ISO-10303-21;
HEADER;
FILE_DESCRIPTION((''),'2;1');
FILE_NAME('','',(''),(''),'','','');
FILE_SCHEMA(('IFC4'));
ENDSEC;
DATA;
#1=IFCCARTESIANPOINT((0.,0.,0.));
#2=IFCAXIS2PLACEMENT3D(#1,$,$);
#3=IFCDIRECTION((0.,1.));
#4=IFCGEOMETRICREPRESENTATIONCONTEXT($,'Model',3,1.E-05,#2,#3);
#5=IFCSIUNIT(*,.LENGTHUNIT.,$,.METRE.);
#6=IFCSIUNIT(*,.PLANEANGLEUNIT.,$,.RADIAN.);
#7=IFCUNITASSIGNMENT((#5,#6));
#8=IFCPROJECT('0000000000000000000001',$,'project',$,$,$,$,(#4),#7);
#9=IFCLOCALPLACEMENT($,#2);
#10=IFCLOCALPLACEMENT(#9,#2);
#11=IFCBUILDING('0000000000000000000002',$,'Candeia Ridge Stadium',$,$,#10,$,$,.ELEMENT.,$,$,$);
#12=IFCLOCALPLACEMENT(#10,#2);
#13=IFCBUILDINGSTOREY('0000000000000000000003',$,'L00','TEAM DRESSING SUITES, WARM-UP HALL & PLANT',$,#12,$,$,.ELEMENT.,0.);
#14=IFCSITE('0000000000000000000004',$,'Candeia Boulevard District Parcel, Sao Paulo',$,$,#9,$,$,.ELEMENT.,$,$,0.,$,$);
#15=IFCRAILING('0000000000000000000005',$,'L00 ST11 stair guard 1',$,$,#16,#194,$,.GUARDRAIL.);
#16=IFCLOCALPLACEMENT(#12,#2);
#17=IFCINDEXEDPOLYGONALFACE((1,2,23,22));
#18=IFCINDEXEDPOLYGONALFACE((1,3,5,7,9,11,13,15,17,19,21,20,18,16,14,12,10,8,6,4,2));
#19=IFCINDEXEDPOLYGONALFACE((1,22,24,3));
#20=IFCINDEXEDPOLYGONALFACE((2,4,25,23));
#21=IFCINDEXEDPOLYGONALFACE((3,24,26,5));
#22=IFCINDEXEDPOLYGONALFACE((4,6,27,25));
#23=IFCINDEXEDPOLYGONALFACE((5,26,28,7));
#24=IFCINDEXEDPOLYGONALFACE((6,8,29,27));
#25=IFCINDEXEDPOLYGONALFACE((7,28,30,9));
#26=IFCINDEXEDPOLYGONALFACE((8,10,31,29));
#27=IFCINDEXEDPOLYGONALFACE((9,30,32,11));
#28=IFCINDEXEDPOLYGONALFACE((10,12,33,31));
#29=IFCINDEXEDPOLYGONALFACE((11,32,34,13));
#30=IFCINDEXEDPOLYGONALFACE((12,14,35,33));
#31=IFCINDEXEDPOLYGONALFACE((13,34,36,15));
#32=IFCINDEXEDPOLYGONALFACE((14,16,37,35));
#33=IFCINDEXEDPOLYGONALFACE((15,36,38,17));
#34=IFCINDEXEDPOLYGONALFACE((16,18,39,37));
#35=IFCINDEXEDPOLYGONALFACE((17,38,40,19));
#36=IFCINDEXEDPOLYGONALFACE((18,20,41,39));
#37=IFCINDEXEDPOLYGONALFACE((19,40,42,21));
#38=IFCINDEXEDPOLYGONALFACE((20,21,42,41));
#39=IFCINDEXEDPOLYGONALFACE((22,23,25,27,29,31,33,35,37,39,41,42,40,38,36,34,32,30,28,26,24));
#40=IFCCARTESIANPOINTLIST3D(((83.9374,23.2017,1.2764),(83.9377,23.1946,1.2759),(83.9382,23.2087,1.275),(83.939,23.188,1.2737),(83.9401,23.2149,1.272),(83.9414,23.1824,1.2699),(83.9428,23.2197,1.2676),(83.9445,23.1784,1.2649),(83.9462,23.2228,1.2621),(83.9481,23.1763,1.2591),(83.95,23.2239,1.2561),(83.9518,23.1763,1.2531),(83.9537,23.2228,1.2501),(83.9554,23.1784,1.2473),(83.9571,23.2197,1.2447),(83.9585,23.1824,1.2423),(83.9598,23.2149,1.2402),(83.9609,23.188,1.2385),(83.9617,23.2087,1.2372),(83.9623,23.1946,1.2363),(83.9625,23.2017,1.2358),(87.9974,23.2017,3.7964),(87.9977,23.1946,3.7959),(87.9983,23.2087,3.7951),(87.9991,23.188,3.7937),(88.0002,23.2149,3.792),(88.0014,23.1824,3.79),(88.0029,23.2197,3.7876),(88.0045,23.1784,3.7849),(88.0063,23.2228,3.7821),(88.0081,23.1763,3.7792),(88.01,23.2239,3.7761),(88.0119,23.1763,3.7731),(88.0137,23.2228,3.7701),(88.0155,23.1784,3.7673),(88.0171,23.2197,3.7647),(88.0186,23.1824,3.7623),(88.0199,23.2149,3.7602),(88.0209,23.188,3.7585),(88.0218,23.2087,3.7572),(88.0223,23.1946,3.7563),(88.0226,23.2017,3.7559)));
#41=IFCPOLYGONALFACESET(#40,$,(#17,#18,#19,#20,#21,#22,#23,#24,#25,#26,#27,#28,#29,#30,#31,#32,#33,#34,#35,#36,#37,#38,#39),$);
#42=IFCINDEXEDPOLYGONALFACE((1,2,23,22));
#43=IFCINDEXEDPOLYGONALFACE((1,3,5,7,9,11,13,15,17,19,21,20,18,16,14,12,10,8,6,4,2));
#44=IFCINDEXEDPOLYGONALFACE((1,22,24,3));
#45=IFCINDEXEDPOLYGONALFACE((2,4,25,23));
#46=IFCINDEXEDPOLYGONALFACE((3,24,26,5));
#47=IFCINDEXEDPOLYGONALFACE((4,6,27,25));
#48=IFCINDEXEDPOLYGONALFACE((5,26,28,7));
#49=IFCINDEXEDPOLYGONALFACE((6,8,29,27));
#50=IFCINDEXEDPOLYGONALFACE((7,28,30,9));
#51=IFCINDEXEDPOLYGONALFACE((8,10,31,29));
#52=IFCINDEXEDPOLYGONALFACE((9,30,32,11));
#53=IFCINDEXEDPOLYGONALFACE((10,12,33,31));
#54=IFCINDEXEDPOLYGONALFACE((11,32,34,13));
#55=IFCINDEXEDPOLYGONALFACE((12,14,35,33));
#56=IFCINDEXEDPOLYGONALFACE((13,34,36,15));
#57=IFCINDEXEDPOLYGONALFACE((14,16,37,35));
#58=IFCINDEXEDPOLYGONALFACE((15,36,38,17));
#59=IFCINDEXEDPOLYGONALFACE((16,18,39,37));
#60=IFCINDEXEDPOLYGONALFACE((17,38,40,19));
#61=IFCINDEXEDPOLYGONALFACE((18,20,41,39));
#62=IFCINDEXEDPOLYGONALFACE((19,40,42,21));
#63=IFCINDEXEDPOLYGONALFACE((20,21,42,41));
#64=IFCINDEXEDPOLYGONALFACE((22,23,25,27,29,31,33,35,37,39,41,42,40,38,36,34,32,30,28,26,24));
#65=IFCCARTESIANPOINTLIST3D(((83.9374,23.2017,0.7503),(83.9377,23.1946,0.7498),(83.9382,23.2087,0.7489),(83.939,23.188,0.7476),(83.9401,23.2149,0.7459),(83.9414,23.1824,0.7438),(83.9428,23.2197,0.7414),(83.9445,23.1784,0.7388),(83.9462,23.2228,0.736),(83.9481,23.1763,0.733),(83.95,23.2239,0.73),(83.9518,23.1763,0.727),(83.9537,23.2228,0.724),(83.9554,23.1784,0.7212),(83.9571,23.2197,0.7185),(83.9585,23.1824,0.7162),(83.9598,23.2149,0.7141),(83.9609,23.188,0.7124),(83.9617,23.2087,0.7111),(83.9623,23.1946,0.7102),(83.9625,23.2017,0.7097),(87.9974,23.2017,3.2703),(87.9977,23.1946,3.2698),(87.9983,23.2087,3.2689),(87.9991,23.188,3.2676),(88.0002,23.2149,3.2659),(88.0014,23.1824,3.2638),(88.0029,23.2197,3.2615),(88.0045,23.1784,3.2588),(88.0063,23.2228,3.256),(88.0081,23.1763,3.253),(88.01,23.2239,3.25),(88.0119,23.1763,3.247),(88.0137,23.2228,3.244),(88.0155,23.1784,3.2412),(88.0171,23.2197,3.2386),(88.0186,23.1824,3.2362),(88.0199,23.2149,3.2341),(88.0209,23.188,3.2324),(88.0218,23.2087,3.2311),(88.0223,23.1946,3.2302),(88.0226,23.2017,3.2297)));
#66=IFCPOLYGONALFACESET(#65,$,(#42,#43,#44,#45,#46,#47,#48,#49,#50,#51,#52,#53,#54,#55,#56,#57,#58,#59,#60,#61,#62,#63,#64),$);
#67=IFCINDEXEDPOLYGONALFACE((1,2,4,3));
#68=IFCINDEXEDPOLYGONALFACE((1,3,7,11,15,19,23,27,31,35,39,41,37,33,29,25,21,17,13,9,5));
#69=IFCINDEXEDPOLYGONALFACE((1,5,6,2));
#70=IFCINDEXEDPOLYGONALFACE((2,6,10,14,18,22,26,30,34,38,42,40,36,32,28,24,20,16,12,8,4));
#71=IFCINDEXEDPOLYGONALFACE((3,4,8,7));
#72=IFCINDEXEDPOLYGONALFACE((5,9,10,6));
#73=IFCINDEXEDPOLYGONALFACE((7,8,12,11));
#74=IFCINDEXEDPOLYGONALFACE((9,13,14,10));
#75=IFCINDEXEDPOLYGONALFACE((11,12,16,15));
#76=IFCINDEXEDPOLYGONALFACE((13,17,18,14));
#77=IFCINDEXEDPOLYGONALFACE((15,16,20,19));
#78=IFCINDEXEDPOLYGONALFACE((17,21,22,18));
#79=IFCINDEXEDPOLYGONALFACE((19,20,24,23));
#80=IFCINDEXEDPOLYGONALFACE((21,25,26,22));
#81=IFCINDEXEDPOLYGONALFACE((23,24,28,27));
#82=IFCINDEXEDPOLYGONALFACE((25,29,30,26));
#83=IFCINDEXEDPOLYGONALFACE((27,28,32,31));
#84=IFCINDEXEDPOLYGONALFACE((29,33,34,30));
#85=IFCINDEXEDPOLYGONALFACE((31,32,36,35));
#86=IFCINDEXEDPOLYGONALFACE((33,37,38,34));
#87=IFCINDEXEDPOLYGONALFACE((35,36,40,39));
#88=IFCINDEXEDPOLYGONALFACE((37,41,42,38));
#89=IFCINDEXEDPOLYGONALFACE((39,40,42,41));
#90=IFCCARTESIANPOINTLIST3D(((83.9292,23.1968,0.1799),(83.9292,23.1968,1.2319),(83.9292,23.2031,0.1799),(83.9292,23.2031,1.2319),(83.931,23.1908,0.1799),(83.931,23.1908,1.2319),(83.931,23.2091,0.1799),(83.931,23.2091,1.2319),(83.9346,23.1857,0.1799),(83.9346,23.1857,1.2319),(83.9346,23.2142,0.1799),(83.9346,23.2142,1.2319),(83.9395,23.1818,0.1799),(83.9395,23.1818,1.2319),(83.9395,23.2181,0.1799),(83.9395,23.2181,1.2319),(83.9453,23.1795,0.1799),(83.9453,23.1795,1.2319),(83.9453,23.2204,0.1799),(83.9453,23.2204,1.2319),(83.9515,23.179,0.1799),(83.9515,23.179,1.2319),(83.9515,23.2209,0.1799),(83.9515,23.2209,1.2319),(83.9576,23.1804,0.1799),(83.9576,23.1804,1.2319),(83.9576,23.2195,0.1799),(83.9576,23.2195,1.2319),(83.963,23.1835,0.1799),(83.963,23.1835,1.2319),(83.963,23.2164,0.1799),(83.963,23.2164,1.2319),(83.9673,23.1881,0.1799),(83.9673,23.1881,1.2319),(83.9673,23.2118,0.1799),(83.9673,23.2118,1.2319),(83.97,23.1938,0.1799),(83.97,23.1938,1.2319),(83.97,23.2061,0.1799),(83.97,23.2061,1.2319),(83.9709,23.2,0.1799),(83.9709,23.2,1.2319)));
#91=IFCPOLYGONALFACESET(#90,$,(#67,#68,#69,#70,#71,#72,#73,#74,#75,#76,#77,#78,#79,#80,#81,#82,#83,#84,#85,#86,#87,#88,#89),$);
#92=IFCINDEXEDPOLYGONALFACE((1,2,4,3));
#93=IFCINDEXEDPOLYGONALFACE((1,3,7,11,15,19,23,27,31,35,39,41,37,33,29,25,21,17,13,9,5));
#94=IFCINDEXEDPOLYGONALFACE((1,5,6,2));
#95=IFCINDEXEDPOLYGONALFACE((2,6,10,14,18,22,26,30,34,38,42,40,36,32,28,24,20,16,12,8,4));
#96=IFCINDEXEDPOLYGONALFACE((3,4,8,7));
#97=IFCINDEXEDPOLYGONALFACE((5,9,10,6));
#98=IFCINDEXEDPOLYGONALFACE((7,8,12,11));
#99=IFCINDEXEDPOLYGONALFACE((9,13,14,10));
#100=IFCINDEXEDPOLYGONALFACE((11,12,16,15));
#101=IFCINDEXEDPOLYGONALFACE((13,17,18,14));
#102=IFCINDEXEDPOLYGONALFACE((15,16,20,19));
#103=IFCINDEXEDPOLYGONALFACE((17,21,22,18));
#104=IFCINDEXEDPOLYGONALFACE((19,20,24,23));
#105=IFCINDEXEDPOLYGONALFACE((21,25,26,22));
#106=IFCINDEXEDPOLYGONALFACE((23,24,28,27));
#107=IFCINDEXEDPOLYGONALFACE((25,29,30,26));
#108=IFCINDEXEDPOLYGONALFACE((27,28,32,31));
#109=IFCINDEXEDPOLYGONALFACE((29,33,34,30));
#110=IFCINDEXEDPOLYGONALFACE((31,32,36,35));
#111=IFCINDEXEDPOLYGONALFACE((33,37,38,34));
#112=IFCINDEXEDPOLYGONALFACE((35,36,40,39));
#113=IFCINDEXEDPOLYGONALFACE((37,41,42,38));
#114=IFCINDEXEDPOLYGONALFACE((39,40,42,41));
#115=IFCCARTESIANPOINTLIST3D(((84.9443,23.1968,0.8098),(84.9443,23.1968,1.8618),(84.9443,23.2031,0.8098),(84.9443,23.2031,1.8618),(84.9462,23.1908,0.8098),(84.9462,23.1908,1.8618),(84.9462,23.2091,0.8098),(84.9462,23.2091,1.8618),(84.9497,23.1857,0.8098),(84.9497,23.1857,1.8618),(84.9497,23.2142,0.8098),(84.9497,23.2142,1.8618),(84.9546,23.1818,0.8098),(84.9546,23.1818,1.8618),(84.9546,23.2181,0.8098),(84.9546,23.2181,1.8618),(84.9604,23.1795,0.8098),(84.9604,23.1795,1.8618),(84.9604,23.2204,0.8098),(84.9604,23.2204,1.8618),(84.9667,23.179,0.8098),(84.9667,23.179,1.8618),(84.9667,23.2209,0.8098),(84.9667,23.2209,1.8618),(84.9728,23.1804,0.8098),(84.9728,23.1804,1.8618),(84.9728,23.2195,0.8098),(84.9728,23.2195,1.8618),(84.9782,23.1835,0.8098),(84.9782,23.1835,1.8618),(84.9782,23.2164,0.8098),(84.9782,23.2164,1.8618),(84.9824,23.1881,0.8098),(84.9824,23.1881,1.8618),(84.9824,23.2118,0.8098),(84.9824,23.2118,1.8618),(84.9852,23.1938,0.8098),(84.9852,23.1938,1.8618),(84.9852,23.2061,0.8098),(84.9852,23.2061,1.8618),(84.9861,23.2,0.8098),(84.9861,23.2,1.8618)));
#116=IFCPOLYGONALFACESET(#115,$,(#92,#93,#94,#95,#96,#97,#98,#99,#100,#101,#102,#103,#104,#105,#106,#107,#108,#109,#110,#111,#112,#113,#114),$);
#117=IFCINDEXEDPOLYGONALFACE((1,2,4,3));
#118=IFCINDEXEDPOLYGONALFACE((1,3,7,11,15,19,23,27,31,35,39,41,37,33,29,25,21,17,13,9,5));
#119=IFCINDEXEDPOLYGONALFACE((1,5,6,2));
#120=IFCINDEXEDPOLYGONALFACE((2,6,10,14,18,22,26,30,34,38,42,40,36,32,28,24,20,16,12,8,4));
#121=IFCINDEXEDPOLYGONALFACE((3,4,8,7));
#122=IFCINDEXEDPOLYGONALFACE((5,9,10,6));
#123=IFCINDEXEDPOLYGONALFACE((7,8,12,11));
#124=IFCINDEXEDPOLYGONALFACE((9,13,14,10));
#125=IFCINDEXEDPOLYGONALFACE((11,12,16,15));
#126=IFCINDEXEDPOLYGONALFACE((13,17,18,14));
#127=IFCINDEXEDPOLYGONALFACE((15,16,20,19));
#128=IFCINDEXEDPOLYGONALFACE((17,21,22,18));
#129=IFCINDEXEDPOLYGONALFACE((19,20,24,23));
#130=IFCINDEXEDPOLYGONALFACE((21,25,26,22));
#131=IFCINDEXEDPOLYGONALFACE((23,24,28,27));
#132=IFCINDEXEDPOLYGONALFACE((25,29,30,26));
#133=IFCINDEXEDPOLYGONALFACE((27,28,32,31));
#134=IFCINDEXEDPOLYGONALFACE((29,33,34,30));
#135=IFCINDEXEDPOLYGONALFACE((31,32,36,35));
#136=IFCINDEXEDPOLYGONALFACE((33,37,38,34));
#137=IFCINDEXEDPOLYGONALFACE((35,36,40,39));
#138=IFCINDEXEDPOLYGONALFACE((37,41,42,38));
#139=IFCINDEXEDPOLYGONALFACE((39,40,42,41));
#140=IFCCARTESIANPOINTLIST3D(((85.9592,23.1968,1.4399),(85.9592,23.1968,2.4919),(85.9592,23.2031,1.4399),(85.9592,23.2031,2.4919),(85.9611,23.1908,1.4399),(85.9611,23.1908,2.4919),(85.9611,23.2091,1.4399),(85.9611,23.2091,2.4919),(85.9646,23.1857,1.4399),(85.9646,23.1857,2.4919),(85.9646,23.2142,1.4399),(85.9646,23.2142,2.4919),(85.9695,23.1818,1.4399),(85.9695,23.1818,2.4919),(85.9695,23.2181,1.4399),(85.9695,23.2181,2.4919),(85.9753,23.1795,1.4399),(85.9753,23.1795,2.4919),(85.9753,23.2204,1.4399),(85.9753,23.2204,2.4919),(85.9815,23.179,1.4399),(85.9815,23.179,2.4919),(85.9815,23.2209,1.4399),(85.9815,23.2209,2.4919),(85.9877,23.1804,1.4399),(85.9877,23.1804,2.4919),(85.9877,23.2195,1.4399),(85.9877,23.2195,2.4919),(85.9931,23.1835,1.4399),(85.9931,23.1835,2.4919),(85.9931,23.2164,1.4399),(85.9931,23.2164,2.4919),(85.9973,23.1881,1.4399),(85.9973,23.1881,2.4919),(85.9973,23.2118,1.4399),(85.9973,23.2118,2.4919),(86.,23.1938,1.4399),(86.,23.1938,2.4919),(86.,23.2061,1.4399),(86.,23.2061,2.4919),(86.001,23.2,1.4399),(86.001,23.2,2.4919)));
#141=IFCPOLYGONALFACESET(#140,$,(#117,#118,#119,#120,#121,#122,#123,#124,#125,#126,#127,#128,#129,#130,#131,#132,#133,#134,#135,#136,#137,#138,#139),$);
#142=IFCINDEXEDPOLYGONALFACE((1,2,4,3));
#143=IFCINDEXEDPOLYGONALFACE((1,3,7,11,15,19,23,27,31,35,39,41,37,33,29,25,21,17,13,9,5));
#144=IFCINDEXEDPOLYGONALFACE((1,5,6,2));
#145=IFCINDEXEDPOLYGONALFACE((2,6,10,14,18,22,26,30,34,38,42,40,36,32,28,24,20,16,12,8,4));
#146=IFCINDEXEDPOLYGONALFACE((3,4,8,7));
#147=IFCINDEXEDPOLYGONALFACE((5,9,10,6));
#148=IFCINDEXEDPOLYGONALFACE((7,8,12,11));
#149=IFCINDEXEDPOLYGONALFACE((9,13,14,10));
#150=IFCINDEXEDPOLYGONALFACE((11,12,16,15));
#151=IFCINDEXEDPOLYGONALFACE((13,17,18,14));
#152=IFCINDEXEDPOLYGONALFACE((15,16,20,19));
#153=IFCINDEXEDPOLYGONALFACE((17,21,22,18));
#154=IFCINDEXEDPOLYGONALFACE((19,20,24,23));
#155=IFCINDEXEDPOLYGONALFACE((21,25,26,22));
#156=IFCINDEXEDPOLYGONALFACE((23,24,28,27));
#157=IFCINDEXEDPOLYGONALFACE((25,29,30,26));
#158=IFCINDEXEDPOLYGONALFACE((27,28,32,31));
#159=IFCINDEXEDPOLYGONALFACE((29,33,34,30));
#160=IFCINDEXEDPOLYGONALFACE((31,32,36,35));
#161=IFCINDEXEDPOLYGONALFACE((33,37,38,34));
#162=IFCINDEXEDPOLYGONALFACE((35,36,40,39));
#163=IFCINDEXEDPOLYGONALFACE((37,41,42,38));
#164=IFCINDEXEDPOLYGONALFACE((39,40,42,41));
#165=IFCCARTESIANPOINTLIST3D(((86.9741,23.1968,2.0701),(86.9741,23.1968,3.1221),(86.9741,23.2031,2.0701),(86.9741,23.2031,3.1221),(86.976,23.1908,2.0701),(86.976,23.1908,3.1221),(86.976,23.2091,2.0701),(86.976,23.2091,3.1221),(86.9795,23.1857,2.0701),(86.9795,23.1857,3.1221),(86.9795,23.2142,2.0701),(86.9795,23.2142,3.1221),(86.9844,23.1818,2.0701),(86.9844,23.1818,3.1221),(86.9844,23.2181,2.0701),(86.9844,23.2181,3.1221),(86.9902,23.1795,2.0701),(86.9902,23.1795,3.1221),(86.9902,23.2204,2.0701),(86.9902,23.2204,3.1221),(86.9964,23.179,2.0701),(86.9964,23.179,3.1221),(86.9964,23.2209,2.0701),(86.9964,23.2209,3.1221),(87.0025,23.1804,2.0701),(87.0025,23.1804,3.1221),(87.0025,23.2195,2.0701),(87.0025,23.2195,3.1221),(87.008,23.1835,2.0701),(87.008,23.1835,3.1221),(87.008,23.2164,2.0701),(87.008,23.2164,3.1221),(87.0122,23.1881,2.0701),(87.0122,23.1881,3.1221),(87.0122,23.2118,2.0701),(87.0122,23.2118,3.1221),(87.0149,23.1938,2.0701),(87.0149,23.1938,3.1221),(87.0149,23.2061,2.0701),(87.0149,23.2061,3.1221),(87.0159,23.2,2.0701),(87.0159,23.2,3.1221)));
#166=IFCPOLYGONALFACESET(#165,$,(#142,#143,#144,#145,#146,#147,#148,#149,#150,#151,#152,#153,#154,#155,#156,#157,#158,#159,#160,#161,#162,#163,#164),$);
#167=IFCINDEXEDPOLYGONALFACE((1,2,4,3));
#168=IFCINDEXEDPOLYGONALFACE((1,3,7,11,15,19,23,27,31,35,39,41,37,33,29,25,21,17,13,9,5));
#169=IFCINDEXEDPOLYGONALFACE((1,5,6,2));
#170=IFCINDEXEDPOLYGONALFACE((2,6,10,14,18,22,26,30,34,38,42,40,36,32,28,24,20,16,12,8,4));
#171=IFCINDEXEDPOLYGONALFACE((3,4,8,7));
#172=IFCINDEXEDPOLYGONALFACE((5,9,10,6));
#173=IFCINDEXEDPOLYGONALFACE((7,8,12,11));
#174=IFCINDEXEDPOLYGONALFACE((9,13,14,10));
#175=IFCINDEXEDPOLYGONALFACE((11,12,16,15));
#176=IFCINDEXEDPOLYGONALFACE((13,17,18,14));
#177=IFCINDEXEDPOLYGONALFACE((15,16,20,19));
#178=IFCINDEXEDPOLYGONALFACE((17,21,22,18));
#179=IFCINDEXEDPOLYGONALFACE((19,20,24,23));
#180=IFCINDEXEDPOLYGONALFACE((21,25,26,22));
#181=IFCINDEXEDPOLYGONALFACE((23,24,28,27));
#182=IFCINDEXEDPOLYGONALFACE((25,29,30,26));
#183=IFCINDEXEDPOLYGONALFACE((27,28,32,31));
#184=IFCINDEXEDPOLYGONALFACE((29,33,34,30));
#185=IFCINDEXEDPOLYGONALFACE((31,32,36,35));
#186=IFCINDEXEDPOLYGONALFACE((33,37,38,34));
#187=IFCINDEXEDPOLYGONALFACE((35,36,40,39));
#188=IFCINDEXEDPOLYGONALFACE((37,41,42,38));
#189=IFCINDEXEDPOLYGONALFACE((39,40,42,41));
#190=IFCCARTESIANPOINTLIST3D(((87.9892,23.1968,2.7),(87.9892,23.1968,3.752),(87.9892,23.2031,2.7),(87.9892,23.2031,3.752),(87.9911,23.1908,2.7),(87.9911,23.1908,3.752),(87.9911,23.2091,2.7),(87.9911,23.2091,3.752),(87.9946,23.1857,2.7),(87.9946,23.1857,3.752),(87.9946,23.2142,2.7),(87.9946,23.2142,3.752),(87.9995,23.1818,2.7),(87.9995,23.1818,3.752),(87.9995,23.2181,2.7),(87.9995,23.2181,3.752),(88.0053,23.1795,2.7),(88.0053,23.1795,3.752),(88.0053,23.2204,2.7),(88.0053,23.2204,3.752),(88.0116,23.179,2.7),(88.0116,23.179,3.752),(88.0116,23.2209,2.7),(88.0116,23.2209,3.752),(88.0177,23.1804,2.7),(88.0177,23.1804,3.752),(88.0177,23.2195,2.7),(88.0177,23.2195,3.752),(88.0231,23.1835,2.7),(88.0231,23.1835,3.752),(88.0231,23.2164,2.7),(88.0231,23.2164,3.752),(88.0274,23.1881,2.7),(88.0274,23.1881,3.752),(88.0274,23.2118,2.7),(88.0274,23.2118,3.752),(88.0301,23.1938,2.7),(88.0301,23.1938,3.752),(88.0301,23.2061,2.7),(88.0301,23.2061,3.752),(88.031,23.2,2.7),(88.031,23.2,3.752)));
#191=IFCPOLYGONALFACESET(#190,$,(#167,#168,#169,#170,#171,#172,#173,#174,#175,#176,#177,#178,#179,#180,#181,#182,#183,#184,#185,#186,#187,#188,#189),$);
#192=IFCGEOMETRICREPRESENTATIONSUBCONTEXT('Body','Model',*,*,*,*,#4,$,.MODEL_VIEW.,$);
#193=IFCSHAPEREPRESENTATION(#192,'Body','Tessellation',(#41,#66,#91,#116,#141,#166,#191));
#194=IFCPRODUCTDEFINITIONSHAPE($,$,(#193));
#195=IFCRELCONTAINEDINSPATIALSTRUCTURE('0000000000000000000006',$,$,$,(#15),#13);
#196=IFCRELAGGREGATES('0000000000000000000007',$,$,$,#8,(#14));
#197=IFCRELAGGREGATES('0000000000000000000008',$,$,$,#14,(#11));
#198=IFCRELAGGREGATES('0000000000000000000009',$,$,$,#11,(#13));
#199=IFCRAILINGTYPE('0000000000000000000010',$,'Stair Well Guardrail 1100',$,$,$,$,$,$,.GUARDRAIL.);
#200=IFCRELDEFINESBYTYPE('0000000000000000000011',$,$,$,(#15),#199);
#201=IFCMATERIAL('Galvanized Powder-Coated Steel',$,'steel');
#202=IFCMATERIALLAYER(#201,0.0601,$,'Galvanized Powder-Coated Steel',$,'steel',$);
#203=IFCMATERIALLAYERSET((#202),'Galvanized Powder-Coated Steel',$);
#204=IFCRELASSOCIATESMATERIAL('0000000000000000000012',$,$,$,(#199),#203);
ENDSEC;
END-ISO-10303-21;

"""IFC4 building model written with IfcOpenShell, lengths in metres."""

from ifc_helpers import new_model, si_unit, direction, frame, origin, origin_2d, place, context, subcontext, project, spatial, circle, extrude, material, layer, layer_set, type_object, element, save


model = new_model("IFC4")

# Units and contexts
model_context = context("Model", 3, precision=1e-05, world=origin(), true_north=direction((0.0, 1.0)))
body_context = subcontext(model_context, "Body", "Model", "MODEL_VIEW")
ifc_project = project(units=[si_unit("LENGTHUNIT", "METRE"), si_unit("PLANEANGLEUNIT", "RADIAN")], contexts=[model_context])

# Site, building, storey
site_placement = place(None, origin())
site = spatial("IfcSite", under=ifc_project, at=site_placement, Name="Candeia Boulevard District Parcel, Sao Paulo", CompositionType="ELEMENT", RefElevation=0.0)
building_placement = place(site_placement, origin())
building = spatial("IfcBuilding", under=site, at=building_placement, Name="Candeia Ridge Stadium", CompositionType="ELEMENT")
storey_placement = place(building_placement, origin())
storey = spatial("IfcBuildingStorey", under=building, at=storey_placement, Name="L00", Description="TEAM DRESSING SUITES, WARM-UP HALL & PLANT", CompositionType="ELEMENT", Elevation=0.0)

# Railing
ifc_material_1 = material(Name="Galvanized Powder-Coated Steel", Category="steel")
ifc_layer_1 = layer(ifc_material_1, 0.0601, Name="Galvanized Powder-Coated Steel", Category="steel")
ifc_layer_set_1 = layer_set([ifc_layer_1], Name="Galvanized Powder-Coated Steel")
railing_type_1 = type_object("IfcRailingType", Name="Stair Well Guardrail 1100", PredefinedType="GUARDRAIL", material=ifc_layer_set_1)
railing_1_placement = place(storey_placement, frame((83.95, 23.2, 0.1799)))
element("IfcRailing", 1, at=railing_1_placement, inside=storey, type_object=railing_type_1, Name="L00 ST11 stair guard 1", PredefinedType="GUARDRAIL", context=body_context, shape_type="SweptSolid", body=[
    extrude(circle(Radius=0.0239, at=origin_2d()), frame((0.0, 0.0, 1.0762), z_axis=(0.849642, 0.0, 0.52736), x_axis=(0.0, 1.0, 0.0)), (0.0, 0.0, 1.0), 4.7786),
    extrude(circle(Radius=0.0239, at=origin_2d()), frame((0.0, 0.0, 0.55), z_axis=(0.849642, 0.0, 0.52736), x_axis=(0.0, 1.0, 0.0)), (0.0, 0.0, 1.0), 4.7786),
    extrude(circle(Radius=0.021, at=origin_2d()), origin(), (0.0, 0.0, 1.0), 1.052),
    extrude(circle(Radius=0.021, at=origin_2d()), frame((1.0151, 0.0, 0.6299)), (0.0, 0.0, 1.0), 1.052),
    extrude(circle(Radius=0.021, at=origin_2d()), frame((2.03, 0.0, 1.26)), (0.0, 0.0, 1.0), 1.052),
    extrude(circle(Radius=0.021, at=origin_2d()), frame((3.0449, 0.0, 1.8901)), (0.0, 0.0, 1.0), 1.052),
    extrude(circle(Radius=0.021, at=origin_2d()), frame((4.0601, 0.0, 2.52)), (0.0, 0.0, 1.0), 1.052),
])

save(model, "model.ifc")
